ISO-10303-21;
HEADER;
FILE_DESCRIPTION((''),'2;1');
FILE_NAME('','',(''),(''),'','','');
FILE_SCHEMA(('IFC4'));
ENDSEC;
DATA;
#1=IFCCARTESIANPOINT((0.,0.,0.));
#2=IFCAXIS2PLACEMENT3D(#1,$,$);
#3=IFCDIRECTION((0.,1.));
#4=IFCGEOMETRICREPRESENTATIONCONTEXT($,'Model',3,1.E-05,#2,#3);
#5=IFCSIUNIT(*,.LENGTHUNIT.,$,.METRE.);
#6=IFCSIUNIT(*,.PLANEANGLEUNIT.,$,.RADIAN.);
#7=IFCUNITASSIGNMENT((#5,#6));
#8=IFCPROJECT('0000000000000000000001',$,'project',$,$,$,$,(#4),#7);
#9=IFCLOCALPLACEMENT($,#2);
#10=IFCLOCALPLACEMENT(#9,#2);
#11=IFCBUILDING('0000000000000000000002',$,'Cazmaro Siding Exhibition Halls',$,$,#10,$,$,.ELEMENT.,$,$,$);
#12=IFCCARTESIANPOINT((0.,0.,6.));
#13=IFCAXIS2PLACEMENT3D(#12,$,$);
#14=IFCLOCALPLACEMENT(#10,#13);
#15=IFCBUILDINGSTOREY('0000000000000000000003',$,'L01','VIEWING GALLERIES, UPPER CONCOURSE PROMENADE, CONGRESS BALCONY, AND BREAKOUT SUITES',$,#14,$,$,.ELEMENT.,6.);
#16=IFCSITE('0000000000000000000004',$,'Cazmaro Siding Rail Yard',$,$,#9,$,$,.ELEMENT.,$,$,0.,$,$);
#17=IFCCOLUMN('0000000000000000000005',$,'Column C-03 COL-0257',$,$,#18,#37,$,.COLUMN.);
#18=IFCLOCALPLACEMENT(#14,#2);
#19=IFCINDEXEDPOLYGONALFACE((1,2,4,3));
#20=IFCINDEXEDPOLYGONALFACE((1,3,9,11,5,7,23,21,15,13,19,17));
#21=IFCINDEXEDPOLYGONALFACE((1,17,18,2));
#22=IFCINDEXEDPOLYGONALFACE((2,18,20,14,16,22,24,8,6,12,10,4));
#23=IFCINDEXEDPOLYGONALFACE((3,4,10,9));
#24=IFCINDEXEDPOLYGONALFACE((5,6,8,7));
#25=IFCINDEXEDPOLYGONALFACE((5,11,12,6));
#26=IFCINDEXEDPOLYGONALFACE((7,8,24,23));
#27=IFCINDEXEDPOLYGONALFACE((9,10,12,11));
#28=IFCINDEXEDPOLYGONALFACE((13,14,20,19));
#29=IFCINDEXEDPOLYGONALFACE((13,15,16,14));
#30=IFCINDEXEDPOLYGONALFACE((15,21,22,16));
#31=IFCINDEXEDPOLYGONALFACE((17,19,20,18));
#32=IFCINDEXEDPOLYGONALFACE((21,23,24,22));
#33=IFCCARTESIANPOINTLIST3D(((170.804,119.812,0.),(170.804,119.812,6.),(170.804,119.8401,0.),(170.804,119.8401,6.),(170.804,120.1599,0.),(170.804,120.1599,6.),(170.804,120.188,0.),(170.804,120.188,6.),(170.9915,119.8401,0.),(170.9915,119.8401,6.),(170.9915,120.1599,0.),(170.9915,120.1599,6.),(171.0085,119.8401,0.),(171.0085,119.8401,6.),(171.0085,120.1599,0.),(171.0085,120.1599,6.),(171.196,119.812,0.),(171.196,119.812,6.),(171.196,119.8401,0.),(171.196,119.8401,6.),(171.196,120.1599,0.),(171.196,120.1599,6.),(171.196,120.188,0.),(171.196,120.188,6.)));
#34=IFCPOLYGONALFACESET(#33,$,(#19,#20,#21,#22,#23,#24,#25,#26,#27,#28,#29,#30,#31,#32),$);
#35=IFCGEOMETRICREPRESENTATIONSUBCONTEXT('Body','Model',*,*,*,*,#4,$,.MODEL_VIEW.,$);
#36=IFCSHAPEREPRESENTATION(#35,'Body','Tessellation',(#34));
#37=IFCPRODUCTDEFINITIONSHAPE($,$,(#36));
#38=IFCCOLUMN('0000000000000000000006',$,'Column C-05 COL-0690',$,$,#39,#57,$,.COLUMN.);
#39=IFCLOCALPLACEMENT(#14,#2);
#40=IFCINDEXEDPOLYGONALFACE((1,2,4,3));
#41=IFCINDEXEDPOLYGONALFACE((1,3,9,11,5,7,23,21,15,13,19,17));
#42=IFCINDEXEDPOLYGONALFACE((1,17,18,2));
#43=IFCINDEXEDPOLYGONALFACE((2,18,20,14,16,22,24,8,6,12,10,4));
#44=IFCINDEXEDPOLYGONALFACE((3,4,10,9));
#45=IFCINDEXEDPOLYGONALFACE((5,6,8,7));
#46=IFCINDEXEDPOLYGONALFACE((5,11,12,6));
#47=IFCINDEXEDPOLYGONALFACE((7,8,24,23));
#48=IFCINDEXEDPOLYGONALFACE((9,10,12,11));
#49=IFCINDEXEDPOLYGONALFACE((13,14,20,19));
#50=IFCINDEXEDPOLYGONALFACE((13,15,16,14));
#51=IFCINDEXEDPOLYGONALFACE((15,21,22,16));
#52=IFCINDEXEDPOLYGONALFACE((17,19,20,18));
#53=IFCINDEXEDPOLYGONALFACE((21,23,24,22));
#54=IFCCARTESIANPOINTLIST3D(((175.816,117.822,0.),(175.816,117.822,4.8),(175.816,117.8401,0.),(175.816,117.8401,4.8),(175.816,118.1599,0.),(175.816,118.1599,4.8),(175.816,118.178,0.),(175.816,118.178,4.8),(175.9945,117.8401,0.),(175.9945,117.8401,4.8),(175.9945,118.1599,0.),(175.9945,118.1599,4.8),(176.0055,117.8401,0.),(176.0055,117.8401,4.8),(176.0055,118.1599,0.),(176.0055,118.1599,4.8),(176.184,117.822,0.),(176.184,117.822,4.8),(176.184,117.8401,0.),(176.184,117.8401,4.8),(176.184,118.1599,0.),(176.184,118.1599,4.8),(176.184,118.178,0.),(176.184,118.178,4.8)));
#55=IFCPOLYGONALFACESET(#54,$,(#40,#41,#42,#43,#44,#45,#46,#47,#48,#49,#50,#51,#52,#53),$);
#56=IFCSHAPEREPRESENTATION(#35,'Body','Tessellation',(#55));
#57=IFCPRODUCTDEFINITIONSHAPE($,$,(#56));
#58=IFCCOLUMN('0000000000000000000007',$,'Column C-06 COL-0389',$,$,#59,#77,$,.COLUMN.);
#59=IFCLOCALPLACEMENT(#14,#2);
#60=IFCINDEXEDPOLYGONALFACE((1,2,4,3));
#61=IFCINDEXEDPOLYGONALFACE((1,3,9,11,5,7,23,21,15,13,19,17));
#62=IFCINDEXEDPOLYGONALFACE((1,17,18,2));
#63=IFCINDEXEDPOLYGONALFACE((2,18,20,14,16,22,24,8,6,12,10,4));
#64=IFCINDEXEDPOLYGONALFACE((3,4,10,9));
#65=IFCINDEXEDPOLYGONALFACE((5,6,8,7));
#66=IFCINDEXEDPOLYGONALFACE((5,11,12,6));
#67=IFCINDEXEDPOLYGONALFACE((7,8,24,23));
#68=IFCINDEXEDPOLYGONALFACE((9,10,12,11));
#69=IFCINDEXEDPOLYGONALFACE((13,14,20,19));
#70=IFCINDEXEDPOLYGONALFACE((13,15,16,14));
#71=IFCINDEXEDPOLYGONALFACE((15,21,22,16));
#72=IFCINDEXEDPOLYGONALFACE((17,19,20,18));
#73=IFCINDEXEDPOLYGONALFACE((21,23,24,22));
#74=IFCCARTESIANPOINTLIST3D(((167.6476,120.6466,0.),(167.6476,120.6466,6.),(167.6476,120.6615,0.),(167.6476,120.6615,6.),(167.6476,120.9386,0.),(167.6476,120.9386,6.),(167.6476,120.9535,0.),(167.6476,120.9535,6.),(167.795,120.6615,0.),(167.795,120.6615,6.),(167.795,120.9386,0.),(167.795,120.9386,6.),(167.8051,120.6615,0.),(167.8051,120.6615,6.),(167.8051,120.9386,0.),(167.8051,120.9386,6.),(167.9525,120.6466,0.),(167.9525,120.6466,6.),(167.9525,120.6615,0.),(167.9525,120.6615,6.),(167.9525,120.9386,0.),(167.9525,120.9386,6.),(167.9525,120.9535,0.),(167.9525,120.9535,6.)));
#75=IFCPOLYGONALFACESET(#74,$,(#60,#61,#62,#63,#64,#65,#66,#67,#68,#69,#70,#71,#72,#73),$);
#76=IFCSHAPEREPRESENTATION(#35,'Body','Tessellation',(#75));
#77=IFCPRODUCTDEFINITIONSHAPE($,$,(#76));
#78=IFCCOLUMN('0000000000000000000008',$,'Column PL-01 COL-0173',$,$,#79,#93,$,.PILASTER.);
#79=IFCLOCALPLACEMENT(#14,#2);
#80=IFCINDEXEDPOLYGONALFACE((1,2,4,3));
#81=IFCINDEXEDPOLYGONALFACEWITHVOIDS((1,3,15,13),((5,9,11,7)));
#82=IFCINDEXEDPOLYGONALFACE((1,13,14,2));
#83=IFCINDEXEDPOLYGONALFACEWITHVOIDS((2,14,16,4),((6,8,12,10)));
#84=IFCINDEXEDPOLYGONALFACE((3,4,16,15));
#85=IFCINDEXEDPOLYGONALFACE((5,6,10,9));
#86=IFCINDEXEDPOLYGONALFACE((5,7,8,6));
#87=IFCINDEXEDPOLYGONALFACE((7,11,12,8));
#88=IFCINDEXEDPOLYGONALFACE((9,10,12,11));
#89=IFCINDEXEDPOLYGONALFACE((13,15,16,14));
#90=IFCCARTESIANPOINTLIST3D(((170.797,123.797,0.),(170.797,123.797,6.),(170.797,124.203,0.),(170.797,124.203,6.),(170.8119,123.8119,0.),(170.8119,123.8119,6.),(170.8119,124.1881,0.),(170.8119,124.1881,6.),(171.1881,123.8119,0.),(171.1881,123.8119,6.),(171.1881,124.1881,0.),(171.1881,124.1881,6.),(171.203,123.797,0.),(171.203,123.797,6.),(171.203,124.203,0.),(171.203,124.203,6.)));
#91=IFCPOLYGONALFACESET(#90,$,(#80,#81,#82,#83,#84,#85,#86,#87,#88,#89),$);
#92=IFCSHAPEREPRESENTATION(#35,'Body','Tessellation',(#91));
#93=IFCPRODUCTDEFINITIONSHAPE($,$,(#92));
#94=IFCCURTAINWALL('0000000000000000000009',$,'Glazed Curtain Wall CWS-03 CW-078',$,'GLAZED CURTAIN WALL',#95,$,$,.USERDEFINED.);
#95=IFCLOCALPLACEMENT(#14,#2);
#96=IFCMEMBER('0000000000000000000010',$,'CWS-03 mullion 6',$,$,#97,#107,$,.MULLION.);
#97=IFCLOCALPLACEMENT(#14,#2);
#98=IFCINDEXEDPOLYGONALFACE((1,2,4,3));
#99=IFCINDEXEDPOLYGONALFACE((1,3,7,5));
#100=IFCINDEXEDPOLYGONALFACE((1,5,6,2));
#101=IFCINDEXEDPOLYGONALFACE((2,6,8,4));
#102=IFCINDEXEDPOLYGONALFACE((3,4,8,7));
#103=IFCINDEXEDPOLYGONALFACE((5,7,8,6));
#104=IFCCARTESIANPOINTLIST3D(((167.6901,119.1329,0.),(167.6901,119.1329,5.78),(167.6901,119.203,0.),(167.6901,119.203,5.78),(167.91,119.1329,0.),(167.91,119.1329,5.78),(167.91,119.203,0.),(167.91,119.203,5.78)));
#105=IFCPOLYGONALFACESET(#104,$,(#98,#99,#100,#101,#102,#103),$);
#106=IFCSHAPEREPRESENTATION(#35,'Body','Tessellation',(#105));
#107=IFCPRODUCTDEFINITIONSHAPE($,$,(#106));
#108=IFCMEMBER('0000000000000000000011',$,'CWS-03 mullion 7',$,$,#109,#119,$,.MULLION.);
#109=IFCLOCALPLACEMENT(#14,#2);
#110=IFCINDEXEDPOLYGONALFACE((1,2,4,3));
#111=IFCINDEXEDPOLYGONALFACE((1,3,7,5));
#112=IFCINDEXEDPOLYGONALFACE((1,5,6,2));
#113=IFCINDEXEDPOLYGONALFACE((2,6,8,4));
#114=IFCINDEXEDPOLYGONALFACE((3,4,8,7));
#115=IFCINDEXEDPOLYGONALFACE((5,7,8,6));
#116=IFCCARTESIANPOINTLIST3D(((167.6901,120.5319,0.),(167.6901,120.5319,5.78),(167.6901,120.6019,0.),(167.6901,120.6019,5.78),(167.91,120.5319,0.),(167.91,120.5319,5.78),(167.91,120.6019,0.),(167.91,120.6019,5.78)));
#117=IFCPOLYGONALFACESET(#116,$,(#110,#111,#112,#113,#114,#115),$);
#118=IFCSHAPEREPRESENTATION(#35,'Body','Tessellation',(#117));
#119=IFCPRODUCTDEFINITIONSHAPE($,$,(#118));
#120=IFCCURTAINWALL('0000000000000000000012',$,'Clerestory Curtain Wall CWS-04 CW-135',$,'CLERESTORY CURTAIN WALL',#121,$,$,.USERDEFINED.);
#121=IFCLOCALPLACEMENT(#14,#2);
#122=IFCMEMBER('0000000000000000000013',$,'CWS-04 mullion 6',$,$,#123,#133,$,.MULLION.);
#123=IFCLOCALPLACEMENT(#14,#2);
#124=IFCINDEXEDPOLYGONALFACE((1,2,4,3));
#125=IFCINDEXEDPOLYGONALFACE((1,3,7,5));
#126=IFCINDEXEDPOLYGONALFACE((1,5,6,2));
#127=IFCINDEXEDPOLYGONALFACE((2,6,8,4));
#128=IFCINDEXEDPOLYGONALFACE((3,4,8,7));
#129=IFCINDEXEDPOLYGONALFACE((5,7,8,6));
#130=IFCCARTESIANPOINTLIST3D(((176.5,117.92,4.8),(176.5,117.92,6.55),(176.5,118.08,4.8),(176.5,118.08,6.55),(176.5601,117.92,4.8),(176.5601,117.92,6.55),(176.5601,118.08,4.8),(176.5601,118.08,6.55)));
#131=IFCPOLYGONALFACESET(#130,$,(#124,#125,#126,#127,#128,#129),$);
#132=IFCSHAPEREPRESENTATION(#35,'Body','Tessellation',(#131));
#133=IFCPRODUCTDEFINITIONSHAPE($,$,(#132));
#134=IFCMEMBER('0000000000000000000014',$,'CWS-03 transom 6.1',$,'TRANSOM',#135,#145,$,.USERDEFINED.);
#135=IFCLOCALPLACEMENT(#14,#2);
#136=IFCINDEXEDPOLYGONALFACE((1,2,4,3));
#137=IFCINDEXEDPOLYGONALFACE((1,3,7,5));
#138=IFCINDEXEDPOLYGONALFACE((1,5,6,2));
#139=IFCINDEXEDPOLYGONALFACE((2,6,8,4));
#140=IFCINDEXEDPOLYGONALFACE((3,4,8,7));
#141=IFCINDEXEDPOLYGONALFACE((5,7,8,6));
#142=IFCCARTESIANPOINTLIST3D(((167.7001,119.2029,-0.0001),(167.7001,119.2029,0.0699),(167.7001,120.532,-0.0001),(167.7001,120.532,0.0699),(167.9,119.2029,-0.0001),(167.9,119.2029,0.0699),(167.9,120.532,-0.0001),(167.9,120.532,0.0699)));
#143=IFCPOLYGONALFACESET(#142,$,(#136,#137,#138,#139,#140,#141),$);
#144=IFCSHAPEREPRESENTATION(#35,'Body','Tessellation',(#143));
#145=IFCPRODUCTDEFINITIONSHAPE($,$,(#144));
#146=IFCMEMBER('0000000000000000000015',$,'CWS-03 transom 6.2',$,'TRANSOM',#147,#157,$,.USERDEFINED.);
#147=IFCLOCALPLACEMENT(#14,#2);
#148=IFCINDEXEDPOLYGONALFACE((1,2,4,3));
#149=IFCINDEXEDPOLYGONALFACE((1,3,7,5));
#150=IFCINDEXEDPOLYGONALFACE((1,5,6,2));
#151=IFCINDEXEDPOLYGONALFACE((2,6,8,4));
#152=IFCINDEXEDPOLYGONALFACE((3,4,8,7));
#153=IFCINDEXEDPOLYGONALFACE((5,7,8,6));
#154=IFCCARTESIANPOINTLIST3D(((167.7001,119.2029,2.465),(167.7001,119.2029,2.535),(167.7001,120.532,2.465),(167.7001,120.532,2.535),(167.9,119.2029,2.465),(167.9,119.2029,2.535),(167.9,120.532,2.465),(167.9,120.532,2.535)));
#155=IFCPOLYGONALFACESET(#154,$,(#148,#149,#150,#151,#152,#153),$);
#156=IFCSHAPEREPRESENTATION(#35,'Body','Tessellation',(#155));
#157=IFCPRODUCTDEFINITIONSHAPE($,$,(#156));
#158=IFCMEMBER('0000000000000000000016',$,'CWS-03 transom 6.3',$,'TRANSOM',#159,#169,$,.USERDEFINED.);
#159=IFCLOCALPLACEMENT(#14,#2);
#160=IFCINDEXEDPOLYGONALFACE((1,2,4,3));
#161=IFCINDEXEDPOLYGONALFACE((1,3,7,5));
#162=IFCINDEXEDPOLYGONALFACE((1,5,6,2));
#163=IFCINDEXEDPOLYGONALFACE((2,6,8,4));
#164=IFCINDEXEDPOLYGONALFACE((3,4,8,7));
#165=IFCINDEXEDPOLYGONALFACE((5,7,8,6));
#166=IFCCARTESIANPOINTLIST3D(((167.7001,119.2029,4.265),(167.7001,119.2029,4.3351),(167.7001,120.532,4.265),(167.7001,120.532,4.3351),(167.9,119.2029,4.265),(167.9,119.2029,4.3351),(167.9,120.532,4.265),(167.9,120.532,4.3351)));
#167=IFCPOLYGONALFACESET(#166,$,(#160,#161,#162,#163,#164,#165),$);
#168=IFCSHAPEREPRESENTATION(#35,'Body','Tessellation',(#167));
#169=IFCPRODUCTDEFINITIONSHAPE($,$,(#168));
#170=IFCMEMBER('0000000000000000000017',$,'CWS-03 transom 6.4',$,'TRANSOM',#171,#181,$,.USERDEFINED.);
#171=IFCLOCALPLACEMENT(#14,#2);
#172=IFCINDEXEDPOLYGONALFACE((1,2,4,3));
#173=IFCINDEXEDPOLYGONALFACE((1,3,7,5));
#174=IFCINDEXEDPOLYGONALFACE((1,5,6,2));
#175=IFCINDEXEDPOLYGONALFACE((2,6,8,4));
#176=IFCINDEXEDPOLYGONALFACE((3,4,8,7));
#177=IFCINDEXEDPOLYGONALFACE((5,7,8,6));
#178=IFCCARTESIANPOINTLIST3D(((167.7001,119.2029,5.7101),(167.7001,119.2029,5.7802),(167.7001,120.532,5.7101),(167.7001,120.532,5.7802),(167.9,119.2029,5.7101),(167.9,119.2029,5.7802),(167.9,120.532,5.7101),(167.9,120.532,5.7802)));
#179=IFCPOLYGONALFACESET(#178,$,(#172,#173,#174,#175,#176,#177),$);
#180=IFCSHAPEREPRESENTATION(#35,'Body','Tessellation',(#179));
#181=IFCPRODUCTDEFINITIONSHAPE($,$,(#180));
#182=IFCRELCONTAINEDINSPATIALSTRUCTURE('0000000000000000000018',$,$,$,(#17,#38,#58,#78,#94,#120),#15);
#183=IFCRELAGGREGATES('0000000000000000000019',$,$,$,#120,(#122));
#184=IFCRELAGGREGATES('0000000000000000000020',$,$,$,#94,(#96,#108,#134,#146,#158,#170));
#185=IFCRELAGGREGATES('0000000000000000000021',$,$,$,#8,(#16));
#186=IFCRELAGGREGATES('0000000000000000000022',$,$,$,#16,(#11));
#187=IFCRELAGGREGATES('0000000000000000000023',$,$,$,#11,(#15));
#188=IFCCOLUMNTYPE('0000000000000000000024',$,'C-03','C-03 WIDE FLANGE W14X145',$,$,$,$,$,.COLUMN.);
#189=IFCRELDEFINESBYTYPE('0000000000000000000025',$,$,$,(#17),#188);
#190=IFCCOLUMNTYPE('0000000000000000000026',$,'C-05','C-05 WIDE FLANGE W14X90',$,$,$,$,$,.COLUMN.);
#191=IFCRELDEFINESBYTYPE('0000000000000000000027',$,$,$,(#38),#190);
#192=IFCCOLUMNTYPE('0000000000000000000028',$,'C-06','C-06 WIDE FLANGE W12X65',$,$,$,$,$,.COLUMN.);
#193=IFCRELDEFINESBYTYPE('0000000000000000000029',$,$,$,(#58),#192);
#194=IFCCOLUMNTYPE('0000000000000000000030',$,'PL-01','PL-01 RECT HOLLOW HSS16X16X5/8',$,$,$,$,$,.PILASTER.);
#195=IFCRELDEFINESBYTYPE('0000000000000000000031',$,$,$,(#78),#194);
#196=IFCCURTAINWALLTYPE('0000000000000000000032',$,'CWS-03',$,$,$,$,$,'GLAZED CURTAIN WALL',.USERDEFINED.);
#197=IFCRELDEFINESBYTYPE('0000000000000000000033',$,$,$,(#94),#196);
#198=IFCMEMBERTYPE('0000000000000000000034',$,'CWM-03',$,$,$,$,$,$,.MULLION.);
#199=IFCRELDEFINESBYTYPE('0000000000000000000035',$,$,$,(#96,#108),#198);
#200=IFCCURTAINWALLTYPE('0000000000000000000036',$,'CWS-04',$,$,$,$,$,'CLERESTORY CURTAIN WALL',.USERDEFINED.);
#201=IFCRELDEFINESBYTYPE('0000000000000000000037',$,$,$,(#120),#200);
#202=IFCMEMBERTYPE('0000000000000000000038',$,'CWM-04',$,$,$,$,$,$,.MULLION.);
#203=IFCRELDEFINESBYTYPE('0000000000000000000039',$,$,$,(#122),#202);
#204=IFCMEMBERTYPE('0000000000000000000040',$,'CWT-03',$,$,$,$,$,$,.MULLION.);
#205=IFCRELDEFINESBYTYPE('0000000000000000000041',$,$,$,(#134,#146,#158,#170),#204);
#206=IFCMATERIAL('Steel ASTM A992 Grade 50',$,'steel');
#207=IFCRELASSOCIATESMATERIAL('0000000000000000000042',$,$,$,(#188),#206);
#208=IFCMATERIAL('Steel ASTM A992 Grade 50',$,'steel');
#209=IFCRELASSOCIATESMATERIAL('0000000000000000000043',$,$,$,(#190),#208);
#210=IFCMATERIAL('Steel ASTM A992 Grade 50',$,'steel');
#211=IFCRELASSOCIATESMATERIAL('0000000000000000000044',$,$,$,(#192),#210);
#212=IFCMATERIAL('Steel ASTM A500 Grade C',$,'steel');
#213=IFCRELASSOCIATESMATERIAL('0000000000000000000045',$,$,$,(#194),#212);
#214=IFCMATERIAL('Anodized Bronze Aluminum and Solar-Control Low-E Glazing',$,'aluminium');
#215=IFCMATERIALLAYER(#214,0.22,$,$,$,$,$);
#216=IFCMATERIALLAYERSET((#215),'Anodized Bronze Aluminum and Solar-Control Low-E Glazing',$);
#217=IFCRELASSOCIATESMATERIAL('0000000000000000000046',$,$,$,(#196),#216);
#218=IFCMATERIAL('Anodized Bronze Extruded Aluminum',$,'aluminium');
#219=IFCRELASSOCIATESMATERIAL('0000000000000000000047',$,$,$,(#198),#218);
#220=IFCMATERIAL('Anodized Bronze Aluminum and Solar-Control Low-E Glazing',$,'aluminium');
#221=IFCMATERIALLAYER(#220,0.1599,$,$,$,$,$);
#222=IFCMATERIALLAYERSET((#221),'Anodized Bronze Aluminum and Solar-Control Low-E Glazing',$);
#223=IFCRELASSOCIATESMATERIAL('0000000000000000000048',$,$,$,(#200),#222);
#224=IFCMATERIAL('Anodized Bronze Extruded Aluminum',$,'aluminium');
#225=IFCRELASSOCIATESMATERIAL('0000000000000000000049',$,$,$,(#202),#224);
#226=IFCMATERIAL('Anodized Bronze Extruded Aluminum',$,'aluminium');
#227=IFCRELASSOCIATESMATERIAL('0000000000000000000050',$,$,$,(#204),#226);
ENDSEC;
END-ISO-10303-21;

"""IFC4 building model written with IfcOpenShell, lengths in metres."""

from ifc_helpers import new_model, si_unit, direction, frame, origin, origin_2d, place, context, subcontext, project, spatial, rectangle, hollow_rectangle, i_section, extrude, material, layer, layer_set, material_profile, profile_set, type_object, element, aggregate, save


model = new_model("IFC4")

# Units and contexts
model_context = context("Model", 3, precision=1e-05, world=origin(), true_north=direction((0.0, 1.0)))
body_context = subcontext(model_context, "Body", "Model", "MODEL_VIEW")
ifc_project = project(units=[si_unit("LENGTHUNIT", "METRE"), si_unit("PLANEANGLEUNIT", "RADIAN")], contexts=[model_context])

# Site, building, storey
site_placement = place(None, origin())
site = spatial("IfcSite", under=ifc_project, at=site_placement, Name="Cazmaro Siding Rail Yard", CompositionType="ELEMENT", RefElevation=0.0)
building_placement = place(site_placement, origin())
building = spatial("IfcBuilding", under=site, at=building_placement, Name="Cazmaro Siding Exhibition Halls", CompositionType="ELEMENT")
storey_placement = place(building_placement, frame((0.0, 0.0, 6.0)))
storey = spatial("IfcBuildingStorey", under=building, at=storey_placement, Name="L01", Description="VIEWING GALLERIES, UPPER CONCOURSE PROMENADE, CONGRESS BALCONY, AND BREAKOUT SUITES", CompositionType="ELEMENT", Elevation=6.0)

# Columns
ifc_material_1 = material(Name="Steel ASTM A992 Grade 50", Category="steel")
ifc_material_profile_1 = material_profile(ifc_material_1, i_section(OverallWidth=0.3921, OverallDepth=0.376, WebThickness=0.0171, FlangeThickness=0.0281, at=origin_2d()), Name="W14X145")
ifc_profile_set_1 = profile_set([ifc_material_profile_1], Name="Steel ASTM A992 Grade 50")
column_type_1 = type_object("IfcColumnType", Name="C-03", Description="C-03 WIDE FLANGE W14X145", PredefinedType="COLUMN", material=ifc_profile_set_1)
column_1_placement = place(storey_placement, frame((171.0, 120.0, 0.0), z_axis=(0.0, 0.0, 1.0), x_axis=(1.0, 0.0, 0.0)))
element("IfcColumn", 1, at=column_1_placement, inside=storey, type_object=column_type_1, Name="Column C-03 COL-0257", PredefinedType="COLUMN", context=body_context, shape_type="SweptSolid", body=[
    extrude(i_section(OverallWidth=0.3921, OverallDepth=0.376, WebThickness=0.0171, FlangeThickness=0.0281, at=origin_2d()), origin(), (0.0, 0.0, 1.0), 6.0),
])
ifc_material_2 = material(Name="Steel ASTM A992 Grade 50", Category="steel")
ifc_material_profile_2 = material_profile(ifc_material_2, i_section(OverallWidth=0.3679, OverallDepth=0.356, WebThickness=0.011, FlangeThickness=0.0181, at=origin_2d()), Name="W14X90")
ifc_profile_set_2 = profile_set([ifc_material_profile_2], Name="Steel ASTM A992 Grade 50")
column_type_2 = type_object("IfcColumnType", Name="C-05", Description="C-05 WIDE FLANGE W14X90", PredefinedType="COLUMN", material=ifc_profile_set_2)
column_2_placement = place(storey_placement, frame((176.0, 118.0, 0.0), z_axis=(0.0, 0.0, 1.0), x_axis=(1.0, 0.0, 0.0)))
element("IfcColumn", 2, at=column_2_placement, inside=storey, type_object=column_type_2, Name="Column C-05 COL-0690", PredefinedType="COLUMN", context=body_context, shape_type="SweptSolid", body=[
    extrude(i_section(OverallWidth=0.3679, OverallDepth=0.356, WebThickness=0.011, FlangeThickness=0.0181, at=origin_2d()), origin(), (0.0, 0.0, 1.0), 4.8),
])
ifc_material_3 = material(Name="Steel ASTM A992 Grade 50", Category="steel")
ifc_material_profile_3 = material_profile(ifc_material_3, i_section(OverallWidth=0.3049, OverallDepth=0.3069, WebThickness=0.01, FlangeThickness=0.0149, at=origin_2d()), Name="W12X65")
ifc_profile_set_3 = profile_set([ifc_material_profile_3], Name="Steel ASTM A992 Grade 50")
column_type_3 = type_object("IfcColumnType", Name="C-06", Description="C-06 WIDE FLANGE W12X65", PredefinedType="COLUMN", material=ifc_profile_set_3)
column_3_placement = place(storey_placement, frame((167.8, 120.8, 0.0), z_axis=(0.0, 0.0, 1.0), x_axis=(1.0, 0.0, 0.0)))
element("IfcColumn", 3, at=column_3_placement, inside=storey, type_object=column_type_3, Name="Column C-06 COL-0389", PredefinedType="COLUMN", context=body_context, shape_type="SweptSolid", body=[
    extrude(i_section(OverallWidth=0.3049, OverallDepth=0.3069, WebThickness=0.01, FlangeThickness=0.0149, at=origin_2d()), origin(), (0.0, 0.0, 1.0), 6.0),
])
ifc_material_4 = material(Name="Steel ASTM A500 Grade C", Category="steel")
ifc_material_profile_4 = material_profile(ifc_material_4, hollow_rectangle(XDim=0.406, YDim=0.406, WallThickness=0.0149, at=origin_2d()), Name="HSS16X16X5/8")
ifc_profile_set_4 = profile_set([ifc_material_profile_4], Name="Steel ASTM A500 Grade C")
column_type_4 = type_object("IfcColumnType", Name="PL-01", Description="PL-01 RECT HOLLOW HSS16X16X5/8", PredefinedType="PILASTER", material=ifc_profile_set_4)
column_4_placement = place(storey_placement, frame((171.0, 124.0, 0.0), z_axis=(0.0, 0.0, 1.0), x_axis=(1.0, 0.0, 0.0)))
element("IfcColumn", 4, at=column_4_placement, inside=storey, type_object=column_type_4, Name="Column PL-01 COL-0173", PredefinedType="PILASTER", context=body_context, shape_type="SweptSolid", body=[
    extrude(hollow_rectangle(XDim=0.406, YDim=0.406, WallThickness=0.0149, at=origin_2d()), origin(), (0.0, 0.0, 1.0), 6.0),
])

# Curtain wall, members
ifc_material_5 = material(Name="Anodized Bronze Aluminum and Solar-Control Low-E Glazing", Category="aluminium")
ifc_layer_1 = layer(ifc_material_5, 0.22)
ifc_layer_set_1 = layer_set([ifc_layer_1], Name="Anodized Bronze Aluminum and Solar-Control Low-E Glazing")
curtain_wall_type_1 = type_object("IfcCurtainWallType", Name="CWS-03", ElementType="GLAZED CURTAIN WALL", PredefinedType="USERDEFINED", material=ifc_layer_set_1)
curtain_wall_1_placement = place(storey_placement, origin())
curtain_wall_1 = element("IfcCurtainWall", 5, at=curtain_wall_1_placement, inside=storey, type_object=curtain_wall_type_1, Name="Glazed Curtain Wall CWS-03 CW-078", ObjectType="GLAZED CURTAIN WALL", PredefinedType="USERDEFINED")
ifc_material_6 = material(Name="Anodized Bronze Extruded Aluminum", Category="aluminium")
ifc_material_profile_5 = material_profile(ifc_material_6, rectangle(XDim=0.22, YDim=0.0701, at=origin_2d()), Name="CWM-03")
ifc_profile_set_5 = profile_set([ifc_material_profile_5], Name="Anodized Bronze Extruded Aluminum")
member_type_1 = type_object("IfcMemberType", Name="CWM-03", PredefinedType="MULLION", material=ifc_profile_set_5)
member_1_placement = place(storey_placement, frame((167.8, 119.168, 0.0), z_axis=(0.0, 0.0, 1.0), x_axis=(-1.0, 0.0, 0.0)))
member_1 = element("IfcMember", 6, at=member_1_placement, type_object=member_type_1, Name="CWS-03 mullion 6", PredefinedType="MULLION", context=body_context, shape_type="SweptSolid", body=[
    extrude(rectangle(XDim=0.22, YDim=0.0701, at=origin_2d()), origin(), (0.0, 0.0, 1.0), 5.78),
])
member_2_placement = place(storey_placement, frame((167.8, 120.5669, 0.0), z_axis=(0.0, 0.0, 1.0), x_axis=(-1.0, 0.0, 0.0)))
member_2 = element("IfcMember", 7, at=member_2_placement, type_object=member_type_1, Name="CWS-03 mullion 7", PredefinedType="MULLION", context=body_context, shape_type="SweptSolid", body=[
    extrude(rectangle(XDim=0.22, YDim=0.0701, at=origin_2d()), origin(), (0.0, 0.0, 1.0), 5.78),
])

# Curtain wall, member
ifc_material_7 = material(Name="Anodized Bronze Aluminum and Solar-Control Low-E Glazing", Category="aluminium")
ifc_layer_2 = layer(ifc_material_7, 0.1599)
ifc_layer_set_2 = layer_set([ifc_layer_2], Name="Anodized Bronze Aluminum and Solar-Control Low-E Glazing")
curtain_wall_type_2 = type_object("IfcCurtainWallType", Name="CWS-04", ElementType="CLERESTORY CURTAIN WALL", PredefinedType="USERDEFINED", material=ifc_layer_set_2)
curtain_wall_2_placement = place(storey_placement, origin())
curtain_wall_2 = element("IfcCurtainWall", 8, at=curtain_wall_2_placement, inside=storey, type_object=curtain_wall_type_2, Name="Clerestory Curtain Wall CWS-04 CW-135", ObjectType="CLERESTORY CURTAIN WALL", PredefinedType="USERDEFINED")
ifc_material_8 = material(Name="Anodized Bronze Extruded Aluminum", Category="aluminium")
ifc_material_profile_6 = material_profile(ifc_material_8, rectangle(XDim=0.1599, YDim=0.0601, at=origin_2d()), Name="CWM-04")
ifc_profile_set_6 = profile_set([ifc_material_profile_6], Name="Anodized Bronze Extruded Aluminum")
member_type_2 = type_object("IfcMemberType", Name="CWM-04", PredefinedType="MULLION", material=ifc_profile_set_6)
member_3_placement = place(storey_placement, frame((176.53, 118.0, 4.8), z_axis=(0.0, 0.0, 1.0), x_axis=(0.0, -1.0, 0.0)))
member_3 = element("IfcMember", 9, at=member_3_placement, type_object=member_type_2, Name="CWS-04 mullion 6", PredefinedType="MULLION", context=body_context, shape_type="SweptSolid", body=[
    extrude(rectangle(XDim=0.1599, YDim=0.0601, at=origin_2d()), origin(), (0.0, 0.0, 1.0), 1.75),
])
aggregate(curtain_wall_2, [member_3])

# Members
ifc_material_9 = material(Name="Anodized Bronze Extruded Aluminum", Category="aluminium")
ifc_material_profile_7 = material_profile(ifc_material_9, rectangle(XDim=0.2, YDim=0.0701, at=origin_2d()), Name="CWT-03")
ifc_profile_set_7 = profile_set([ifc_material_profile_7], Name="Anodized Bronze Extruded Aluminum")
member_type_3 = type_object("IfcMemberType", Name="CWT-03", PredefinedType="MULLION", material=ifc_profile_set_7)
member_4_placement = place(storey_placement, frame((167.8, 119.2029, 0.0349), z_axis=(0.0, 1.0, 0.0), x_axis=(-1.0, 0.0, 0.0)))
member_4 = element("IfcMember", 10, at=member_4_placement, type_object=member_type_3, Name="CWS-03 transom 6.1", ObjectType="TRANSOM", PredefinedType="USERDEFINED", context=body_context, shape_type="SweptSolid", body=[
    extrude(rectangle(XDim=0.2, YDim=0.0701, at=origin_2d()), origin(), (0.0, 0.0, 1.0), 1.3291),
])
member_5_placement = place(storey_placement, frame((167.8, 119.2029, 2.5), z_axis=(0.0, 1.0, 0.0), x_axis=(-1.0, 0.0, 0.0)))
member_5 = element("IfcMember", 11, at=member_5_placement, type_object=member_type_3, Name="CWS-03 transom 6.2", ObjectType="TRANSOM", PredefinedType="USERDEFINED", context=body_context, shape_type="SweptSolid", body=[
    extrude(rectangle(XDim=0.2, YDim=0.0701, at=origin_2d()), origin(), (0.0, 0.0, 1.0), 1.3291),
])
member_6_placement = place(storey_placement, frame((167.8, 119.2029, 4.3), z_axis=(0.0, 1.0, 0.0), x_axis=(-1.0, 0.0, 0.0)))
member_6 = element("IfcMember", 12, at=member_6_placement, type_object=member_type_3, Name="CWS-03 transom 6.3", ObjectType="TRANSOM", PredefinedType="USERDEFINED", context=body_context, shape_type="SweptSolid", body=[
    extrude(rectangle(XDim=0.2, YDim=0.0701, at=origin_2d()), origin(), (0.0, 0.0, 1.0), 1.3291),
])
member_7_placement = place(storey_placement, frame((167.8, 119.2029, 5.7451), z_axis=(0.0, 1.0, 0.0), x_axis=(-1.0, 0.0, 0.0)))
member_7 = element("IfcMember", 13, at=member_7_placement, type_object=member_type_3, Name="CWS-03 transom 6.4", ObjectType="TRANSOM", PredefinedType="USERDEFINED", context=body_context, shape_type="SweptSolid", body=[
    extrude(rectangle(XDim=0.2, YDim=0.0701, at=origin_2d()), origin(), (0.0, 0.0, 1.0), 1.3291),
])

aggregate(curtain_wall_1, [member_1, member_2, member_4, member_5, member_6, member_7])

save(model, "model.ifc")
